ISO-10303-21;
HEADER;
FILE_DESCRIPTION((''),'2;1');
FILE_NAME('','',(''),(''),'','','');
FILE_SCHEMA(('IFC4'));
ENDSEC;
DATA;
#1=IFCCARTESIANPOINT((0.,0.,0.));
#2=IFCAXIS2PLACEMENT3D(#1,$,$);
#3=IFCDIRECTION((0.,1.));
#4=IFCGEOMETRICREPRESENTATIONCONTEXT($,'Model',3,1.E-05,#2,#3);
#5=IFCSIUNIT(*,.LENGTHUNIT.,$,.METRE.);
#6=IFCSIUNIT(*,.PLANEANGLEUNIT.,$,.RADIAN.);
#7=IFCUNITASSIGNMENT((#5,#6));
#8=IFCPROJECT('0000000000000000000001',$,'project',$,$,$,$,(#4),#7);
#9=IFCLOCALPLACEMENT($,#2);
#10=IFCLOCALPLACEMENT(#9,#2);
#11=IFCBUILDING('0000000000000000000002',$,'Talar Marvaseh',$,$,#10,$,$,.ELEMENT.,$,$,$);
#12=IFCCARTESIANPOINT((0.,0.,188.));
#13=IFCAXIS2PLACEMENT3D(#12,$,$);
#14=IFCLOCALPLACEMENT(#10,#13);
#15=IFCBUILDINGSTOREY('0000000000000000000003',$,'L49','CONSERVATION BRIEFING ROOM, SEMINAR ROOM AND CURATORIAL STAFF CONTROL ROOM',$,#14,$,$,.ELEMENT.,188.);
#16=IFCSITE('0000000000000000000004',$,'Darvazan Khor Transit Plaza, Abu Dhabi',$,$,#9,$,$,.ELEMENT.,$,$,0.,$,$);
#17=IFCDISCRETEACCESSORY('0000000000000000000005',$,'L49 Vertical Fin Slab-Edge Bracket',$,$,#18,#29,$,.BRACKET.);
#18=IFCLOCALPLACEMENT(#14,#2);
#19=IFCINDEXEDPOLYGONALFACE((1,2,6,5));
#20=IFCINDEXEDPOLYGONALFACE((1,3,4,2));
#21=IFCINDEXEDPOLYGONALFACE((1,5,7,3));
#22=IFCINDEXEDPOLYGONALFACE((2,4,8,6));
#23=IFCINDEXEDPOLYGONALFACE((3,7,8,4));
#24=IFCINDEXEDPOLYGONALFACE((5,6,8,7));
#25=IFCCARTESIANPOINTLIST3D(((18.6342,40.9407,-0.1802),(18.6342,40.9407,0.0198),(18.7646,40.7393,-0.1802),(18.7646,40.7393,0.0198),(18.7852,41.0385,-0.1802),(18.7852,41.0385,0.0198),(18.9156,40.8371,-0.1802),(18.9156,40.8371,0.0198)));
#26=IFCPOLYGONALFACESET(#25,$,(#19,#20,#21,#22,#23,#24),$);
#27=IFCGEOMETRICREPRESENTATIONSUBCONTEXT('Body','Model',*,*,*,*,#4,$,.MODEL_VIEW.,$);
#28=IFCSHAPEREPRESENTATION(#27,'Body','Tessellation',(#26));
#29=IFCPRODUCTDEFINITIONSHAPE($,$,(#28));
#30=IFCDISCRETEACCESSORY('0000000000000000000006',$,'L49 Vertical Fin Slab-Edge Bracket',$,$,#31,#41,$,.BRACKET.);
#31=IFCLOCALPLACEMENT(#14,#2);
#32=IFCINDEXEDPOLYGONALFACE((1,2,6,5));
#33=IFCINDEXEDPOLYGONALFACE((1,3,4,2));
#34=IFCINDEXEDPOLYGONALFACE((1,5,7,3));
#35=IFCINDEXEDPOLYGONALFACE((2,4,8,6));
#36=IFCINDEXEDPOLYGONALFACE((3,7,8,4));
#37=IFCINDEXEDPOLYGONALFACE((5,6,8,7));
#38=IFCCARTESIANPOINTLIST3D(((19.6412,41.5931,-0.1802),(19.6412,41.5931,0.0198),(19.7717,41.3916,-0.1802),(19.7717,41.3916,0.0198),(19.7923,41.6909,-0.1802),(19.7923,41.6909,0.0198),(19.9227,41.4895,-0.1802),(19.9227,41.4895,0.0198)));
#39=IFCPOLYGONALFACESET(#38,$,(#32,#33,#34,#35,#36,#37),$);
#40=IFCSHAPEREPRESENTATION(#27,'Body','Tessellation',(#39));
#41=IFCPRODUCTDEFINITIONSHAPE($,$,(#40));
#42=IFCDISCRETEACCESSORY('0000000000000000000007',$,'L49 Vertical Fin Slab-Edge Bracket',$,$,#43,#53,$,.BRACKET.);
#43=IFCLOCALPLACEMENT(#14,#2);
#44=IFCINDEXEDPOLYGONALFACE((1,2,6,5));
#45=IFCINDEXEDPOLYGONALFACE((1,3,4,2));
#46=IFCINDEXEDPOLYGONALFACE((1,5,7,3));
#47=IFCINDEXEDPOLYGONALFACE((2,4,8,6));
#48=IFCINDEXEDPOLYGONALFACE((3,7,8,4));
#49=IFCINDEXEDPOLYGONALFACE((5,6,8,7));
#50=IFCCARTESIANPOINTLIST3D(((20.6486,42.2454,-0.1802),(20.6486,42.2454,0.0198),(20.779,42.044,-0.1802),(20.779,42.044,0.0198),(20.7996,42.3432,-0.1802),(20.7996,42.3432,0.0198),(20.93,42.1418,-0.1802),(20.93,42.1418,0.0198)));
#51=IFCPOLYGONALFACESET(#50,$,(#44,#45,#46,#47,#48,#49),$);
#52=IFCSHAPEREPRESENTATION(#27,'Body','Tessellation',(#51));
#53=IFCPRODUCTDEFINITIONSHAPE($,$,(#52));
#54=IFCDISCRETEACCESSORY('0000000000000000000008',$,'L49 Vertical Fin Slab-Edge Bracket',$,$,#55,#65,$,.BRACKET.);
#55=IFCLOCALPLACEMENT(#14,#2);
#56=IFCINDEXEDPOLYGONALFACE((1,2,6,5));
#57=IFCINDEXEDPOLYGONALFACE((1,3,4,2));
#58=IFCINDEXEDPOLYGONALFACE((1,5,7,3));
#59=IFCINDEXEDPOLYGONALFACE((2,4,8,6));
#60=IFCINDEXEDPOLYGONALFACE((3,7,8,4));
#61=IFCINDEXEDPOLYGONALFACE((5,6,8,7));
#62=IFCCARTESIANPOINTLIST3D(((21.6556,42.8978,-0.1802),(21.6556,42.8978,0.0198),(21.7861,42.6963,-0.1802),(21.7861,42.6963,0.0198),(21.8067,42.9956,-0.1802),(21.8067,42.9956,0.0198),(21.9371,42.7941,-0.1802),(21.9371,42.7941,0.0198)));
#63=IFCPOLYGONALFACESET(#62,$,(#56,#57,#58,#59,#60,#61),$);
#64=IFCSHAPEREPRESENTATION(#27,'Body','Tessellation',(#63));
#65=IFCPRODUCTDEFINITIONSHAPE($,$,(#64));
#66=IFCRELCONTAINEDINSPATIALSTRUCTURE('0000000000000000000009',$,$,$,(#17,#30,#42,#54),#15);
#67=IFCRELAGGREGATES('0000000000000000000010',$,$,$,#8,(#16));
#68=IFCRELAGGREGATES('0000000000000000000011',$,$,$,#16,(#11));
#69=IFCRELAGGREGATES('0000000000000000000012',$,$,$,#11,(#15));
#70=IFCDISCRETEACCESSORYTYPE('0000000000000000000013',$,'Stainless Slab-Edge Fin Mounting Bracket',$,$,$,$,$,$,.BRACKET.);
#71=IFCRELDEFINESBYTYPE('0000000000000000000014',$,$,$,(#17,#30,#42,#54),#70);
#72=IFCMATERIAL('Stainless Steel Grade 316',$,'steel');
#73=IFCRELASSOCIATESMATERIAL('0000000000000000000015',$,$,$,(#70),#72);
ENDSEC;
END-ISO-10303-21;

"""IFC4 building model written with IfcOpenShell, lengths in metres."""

from ifc_helpers import new_model, si_unit, direction, frame, origin, origin_2d, place, context, subcontext, project, spatial, rectangle, extrude, source, transform, mapped, material, type_object, type_shapes, element, save


model = new_model("IFC4")

# Units and contexts
model_context = context("Model", 3, precision=1e-05, world=origin(), true_north=direction((0.0, 1.0)))
body_context = subcontext(model_context, "Body", "Model", "MODEL_VIEW")
ifc_project = project(units=[si_unit("LENGTHUNIT", "METRE"), si_unit("PLANEANGLEUNIT", "RADIAN")], contexts=[model_context])

# Site, building, storey
site_placement = place(None, origin())
site = spatial("IfcSite", under=ifc_project, at=site_placement, Name="Darvazan Khor Transit Plaza, Abu Dhabi", CompositionType="ELEMENT", RefElevation=0.0)
building_placement = place(site_placement, origin())
building = spatial("IfcBuilding", under=site, at=building_placement, Name="Talar Marvaseh", CompositionType="ELEMENT")
storey_placement = place(building_placement, frame((0.0, 0.0, 188.0)))
storey = spatial("IfcBuildingStorey", under=building, at=storey_placement, Name="L49", Description="CONSERVATION BRIEFING ROOM, SEMINAR ROOM AND CURATORIAL STAFF CONTROL ROOM", CompositionType="ELEMENT", Elevation=188.0)

# Discrete accessories
ifc_material_1 = material(Name="Stainless Steel Grade 316", Category="steel")
discrete_accessory_type = type_object("IfcDiscreteAccessoryType", Name="Stainless Slab-Edge Fin Mounting Bracket", PredefinedType="BRACKET", material=ifc_material_1)
shared_shape_1 = source(origin(), body_context, "Body", "SweptSolid", [
    extrude(rectangle(XDim=0.24, YDim=0.1799, at=origin_2d()), origin(), (0.0, 0.0, 1.0), 0.2),
])
type_shapes(discrete_accessory_type, [shared_shape_1])
for number, where, z_axis, x_axis, name in (
    (1, (18.7749, 40.8889, -0.1802), (0.0, 0.0, 1.0), (-0.543614, 0.839335, 0.0), "L49 Vertical Fin Slab-Edge Bracket"),
    (2, (19.782, 41.5413, -0.1802), (0.0, 0.0, 1.0), (-0.543614, 0.839335, 0.0), "L49 Vertical Fin Slab-Edge Bracket"),
    (3, (20.7893, 42.1936, -0.1802), (0.0, 0.0, 1.0), (-0.543614, 0.839335, 0.0), "L49 Vertical Fin Slab-Edge Bracket"),
    (4, (21.7964, 42.8459, -0.1802), (0.0, 0.0, 1.0), (-0.543614, 0.839335, 0.0), "L49 Vertical Fin Slab-Edge Bracket"),
):
    element("IfcDiscreteAccessory", number, at=place(storey_placement, frame(where, z_axis=z_axis, x_axis=x_axis)), inside=storey, type_object=discrete_accessory_type, Name=name, PredefinedType="BRACKET", context=body_context, shape_type="MappedRepresentation", body=[
        mapped(shared_shape_1, transform((0.0, 0.0, 0.0), x_axis=(1.0, 0.0, 0.0), y_axis=(0.0, 1.0, 0.0), z_axis=(0.0, 0.0, 1.0), scale=1.0)),
    ])

save(model, "model.ifc")
